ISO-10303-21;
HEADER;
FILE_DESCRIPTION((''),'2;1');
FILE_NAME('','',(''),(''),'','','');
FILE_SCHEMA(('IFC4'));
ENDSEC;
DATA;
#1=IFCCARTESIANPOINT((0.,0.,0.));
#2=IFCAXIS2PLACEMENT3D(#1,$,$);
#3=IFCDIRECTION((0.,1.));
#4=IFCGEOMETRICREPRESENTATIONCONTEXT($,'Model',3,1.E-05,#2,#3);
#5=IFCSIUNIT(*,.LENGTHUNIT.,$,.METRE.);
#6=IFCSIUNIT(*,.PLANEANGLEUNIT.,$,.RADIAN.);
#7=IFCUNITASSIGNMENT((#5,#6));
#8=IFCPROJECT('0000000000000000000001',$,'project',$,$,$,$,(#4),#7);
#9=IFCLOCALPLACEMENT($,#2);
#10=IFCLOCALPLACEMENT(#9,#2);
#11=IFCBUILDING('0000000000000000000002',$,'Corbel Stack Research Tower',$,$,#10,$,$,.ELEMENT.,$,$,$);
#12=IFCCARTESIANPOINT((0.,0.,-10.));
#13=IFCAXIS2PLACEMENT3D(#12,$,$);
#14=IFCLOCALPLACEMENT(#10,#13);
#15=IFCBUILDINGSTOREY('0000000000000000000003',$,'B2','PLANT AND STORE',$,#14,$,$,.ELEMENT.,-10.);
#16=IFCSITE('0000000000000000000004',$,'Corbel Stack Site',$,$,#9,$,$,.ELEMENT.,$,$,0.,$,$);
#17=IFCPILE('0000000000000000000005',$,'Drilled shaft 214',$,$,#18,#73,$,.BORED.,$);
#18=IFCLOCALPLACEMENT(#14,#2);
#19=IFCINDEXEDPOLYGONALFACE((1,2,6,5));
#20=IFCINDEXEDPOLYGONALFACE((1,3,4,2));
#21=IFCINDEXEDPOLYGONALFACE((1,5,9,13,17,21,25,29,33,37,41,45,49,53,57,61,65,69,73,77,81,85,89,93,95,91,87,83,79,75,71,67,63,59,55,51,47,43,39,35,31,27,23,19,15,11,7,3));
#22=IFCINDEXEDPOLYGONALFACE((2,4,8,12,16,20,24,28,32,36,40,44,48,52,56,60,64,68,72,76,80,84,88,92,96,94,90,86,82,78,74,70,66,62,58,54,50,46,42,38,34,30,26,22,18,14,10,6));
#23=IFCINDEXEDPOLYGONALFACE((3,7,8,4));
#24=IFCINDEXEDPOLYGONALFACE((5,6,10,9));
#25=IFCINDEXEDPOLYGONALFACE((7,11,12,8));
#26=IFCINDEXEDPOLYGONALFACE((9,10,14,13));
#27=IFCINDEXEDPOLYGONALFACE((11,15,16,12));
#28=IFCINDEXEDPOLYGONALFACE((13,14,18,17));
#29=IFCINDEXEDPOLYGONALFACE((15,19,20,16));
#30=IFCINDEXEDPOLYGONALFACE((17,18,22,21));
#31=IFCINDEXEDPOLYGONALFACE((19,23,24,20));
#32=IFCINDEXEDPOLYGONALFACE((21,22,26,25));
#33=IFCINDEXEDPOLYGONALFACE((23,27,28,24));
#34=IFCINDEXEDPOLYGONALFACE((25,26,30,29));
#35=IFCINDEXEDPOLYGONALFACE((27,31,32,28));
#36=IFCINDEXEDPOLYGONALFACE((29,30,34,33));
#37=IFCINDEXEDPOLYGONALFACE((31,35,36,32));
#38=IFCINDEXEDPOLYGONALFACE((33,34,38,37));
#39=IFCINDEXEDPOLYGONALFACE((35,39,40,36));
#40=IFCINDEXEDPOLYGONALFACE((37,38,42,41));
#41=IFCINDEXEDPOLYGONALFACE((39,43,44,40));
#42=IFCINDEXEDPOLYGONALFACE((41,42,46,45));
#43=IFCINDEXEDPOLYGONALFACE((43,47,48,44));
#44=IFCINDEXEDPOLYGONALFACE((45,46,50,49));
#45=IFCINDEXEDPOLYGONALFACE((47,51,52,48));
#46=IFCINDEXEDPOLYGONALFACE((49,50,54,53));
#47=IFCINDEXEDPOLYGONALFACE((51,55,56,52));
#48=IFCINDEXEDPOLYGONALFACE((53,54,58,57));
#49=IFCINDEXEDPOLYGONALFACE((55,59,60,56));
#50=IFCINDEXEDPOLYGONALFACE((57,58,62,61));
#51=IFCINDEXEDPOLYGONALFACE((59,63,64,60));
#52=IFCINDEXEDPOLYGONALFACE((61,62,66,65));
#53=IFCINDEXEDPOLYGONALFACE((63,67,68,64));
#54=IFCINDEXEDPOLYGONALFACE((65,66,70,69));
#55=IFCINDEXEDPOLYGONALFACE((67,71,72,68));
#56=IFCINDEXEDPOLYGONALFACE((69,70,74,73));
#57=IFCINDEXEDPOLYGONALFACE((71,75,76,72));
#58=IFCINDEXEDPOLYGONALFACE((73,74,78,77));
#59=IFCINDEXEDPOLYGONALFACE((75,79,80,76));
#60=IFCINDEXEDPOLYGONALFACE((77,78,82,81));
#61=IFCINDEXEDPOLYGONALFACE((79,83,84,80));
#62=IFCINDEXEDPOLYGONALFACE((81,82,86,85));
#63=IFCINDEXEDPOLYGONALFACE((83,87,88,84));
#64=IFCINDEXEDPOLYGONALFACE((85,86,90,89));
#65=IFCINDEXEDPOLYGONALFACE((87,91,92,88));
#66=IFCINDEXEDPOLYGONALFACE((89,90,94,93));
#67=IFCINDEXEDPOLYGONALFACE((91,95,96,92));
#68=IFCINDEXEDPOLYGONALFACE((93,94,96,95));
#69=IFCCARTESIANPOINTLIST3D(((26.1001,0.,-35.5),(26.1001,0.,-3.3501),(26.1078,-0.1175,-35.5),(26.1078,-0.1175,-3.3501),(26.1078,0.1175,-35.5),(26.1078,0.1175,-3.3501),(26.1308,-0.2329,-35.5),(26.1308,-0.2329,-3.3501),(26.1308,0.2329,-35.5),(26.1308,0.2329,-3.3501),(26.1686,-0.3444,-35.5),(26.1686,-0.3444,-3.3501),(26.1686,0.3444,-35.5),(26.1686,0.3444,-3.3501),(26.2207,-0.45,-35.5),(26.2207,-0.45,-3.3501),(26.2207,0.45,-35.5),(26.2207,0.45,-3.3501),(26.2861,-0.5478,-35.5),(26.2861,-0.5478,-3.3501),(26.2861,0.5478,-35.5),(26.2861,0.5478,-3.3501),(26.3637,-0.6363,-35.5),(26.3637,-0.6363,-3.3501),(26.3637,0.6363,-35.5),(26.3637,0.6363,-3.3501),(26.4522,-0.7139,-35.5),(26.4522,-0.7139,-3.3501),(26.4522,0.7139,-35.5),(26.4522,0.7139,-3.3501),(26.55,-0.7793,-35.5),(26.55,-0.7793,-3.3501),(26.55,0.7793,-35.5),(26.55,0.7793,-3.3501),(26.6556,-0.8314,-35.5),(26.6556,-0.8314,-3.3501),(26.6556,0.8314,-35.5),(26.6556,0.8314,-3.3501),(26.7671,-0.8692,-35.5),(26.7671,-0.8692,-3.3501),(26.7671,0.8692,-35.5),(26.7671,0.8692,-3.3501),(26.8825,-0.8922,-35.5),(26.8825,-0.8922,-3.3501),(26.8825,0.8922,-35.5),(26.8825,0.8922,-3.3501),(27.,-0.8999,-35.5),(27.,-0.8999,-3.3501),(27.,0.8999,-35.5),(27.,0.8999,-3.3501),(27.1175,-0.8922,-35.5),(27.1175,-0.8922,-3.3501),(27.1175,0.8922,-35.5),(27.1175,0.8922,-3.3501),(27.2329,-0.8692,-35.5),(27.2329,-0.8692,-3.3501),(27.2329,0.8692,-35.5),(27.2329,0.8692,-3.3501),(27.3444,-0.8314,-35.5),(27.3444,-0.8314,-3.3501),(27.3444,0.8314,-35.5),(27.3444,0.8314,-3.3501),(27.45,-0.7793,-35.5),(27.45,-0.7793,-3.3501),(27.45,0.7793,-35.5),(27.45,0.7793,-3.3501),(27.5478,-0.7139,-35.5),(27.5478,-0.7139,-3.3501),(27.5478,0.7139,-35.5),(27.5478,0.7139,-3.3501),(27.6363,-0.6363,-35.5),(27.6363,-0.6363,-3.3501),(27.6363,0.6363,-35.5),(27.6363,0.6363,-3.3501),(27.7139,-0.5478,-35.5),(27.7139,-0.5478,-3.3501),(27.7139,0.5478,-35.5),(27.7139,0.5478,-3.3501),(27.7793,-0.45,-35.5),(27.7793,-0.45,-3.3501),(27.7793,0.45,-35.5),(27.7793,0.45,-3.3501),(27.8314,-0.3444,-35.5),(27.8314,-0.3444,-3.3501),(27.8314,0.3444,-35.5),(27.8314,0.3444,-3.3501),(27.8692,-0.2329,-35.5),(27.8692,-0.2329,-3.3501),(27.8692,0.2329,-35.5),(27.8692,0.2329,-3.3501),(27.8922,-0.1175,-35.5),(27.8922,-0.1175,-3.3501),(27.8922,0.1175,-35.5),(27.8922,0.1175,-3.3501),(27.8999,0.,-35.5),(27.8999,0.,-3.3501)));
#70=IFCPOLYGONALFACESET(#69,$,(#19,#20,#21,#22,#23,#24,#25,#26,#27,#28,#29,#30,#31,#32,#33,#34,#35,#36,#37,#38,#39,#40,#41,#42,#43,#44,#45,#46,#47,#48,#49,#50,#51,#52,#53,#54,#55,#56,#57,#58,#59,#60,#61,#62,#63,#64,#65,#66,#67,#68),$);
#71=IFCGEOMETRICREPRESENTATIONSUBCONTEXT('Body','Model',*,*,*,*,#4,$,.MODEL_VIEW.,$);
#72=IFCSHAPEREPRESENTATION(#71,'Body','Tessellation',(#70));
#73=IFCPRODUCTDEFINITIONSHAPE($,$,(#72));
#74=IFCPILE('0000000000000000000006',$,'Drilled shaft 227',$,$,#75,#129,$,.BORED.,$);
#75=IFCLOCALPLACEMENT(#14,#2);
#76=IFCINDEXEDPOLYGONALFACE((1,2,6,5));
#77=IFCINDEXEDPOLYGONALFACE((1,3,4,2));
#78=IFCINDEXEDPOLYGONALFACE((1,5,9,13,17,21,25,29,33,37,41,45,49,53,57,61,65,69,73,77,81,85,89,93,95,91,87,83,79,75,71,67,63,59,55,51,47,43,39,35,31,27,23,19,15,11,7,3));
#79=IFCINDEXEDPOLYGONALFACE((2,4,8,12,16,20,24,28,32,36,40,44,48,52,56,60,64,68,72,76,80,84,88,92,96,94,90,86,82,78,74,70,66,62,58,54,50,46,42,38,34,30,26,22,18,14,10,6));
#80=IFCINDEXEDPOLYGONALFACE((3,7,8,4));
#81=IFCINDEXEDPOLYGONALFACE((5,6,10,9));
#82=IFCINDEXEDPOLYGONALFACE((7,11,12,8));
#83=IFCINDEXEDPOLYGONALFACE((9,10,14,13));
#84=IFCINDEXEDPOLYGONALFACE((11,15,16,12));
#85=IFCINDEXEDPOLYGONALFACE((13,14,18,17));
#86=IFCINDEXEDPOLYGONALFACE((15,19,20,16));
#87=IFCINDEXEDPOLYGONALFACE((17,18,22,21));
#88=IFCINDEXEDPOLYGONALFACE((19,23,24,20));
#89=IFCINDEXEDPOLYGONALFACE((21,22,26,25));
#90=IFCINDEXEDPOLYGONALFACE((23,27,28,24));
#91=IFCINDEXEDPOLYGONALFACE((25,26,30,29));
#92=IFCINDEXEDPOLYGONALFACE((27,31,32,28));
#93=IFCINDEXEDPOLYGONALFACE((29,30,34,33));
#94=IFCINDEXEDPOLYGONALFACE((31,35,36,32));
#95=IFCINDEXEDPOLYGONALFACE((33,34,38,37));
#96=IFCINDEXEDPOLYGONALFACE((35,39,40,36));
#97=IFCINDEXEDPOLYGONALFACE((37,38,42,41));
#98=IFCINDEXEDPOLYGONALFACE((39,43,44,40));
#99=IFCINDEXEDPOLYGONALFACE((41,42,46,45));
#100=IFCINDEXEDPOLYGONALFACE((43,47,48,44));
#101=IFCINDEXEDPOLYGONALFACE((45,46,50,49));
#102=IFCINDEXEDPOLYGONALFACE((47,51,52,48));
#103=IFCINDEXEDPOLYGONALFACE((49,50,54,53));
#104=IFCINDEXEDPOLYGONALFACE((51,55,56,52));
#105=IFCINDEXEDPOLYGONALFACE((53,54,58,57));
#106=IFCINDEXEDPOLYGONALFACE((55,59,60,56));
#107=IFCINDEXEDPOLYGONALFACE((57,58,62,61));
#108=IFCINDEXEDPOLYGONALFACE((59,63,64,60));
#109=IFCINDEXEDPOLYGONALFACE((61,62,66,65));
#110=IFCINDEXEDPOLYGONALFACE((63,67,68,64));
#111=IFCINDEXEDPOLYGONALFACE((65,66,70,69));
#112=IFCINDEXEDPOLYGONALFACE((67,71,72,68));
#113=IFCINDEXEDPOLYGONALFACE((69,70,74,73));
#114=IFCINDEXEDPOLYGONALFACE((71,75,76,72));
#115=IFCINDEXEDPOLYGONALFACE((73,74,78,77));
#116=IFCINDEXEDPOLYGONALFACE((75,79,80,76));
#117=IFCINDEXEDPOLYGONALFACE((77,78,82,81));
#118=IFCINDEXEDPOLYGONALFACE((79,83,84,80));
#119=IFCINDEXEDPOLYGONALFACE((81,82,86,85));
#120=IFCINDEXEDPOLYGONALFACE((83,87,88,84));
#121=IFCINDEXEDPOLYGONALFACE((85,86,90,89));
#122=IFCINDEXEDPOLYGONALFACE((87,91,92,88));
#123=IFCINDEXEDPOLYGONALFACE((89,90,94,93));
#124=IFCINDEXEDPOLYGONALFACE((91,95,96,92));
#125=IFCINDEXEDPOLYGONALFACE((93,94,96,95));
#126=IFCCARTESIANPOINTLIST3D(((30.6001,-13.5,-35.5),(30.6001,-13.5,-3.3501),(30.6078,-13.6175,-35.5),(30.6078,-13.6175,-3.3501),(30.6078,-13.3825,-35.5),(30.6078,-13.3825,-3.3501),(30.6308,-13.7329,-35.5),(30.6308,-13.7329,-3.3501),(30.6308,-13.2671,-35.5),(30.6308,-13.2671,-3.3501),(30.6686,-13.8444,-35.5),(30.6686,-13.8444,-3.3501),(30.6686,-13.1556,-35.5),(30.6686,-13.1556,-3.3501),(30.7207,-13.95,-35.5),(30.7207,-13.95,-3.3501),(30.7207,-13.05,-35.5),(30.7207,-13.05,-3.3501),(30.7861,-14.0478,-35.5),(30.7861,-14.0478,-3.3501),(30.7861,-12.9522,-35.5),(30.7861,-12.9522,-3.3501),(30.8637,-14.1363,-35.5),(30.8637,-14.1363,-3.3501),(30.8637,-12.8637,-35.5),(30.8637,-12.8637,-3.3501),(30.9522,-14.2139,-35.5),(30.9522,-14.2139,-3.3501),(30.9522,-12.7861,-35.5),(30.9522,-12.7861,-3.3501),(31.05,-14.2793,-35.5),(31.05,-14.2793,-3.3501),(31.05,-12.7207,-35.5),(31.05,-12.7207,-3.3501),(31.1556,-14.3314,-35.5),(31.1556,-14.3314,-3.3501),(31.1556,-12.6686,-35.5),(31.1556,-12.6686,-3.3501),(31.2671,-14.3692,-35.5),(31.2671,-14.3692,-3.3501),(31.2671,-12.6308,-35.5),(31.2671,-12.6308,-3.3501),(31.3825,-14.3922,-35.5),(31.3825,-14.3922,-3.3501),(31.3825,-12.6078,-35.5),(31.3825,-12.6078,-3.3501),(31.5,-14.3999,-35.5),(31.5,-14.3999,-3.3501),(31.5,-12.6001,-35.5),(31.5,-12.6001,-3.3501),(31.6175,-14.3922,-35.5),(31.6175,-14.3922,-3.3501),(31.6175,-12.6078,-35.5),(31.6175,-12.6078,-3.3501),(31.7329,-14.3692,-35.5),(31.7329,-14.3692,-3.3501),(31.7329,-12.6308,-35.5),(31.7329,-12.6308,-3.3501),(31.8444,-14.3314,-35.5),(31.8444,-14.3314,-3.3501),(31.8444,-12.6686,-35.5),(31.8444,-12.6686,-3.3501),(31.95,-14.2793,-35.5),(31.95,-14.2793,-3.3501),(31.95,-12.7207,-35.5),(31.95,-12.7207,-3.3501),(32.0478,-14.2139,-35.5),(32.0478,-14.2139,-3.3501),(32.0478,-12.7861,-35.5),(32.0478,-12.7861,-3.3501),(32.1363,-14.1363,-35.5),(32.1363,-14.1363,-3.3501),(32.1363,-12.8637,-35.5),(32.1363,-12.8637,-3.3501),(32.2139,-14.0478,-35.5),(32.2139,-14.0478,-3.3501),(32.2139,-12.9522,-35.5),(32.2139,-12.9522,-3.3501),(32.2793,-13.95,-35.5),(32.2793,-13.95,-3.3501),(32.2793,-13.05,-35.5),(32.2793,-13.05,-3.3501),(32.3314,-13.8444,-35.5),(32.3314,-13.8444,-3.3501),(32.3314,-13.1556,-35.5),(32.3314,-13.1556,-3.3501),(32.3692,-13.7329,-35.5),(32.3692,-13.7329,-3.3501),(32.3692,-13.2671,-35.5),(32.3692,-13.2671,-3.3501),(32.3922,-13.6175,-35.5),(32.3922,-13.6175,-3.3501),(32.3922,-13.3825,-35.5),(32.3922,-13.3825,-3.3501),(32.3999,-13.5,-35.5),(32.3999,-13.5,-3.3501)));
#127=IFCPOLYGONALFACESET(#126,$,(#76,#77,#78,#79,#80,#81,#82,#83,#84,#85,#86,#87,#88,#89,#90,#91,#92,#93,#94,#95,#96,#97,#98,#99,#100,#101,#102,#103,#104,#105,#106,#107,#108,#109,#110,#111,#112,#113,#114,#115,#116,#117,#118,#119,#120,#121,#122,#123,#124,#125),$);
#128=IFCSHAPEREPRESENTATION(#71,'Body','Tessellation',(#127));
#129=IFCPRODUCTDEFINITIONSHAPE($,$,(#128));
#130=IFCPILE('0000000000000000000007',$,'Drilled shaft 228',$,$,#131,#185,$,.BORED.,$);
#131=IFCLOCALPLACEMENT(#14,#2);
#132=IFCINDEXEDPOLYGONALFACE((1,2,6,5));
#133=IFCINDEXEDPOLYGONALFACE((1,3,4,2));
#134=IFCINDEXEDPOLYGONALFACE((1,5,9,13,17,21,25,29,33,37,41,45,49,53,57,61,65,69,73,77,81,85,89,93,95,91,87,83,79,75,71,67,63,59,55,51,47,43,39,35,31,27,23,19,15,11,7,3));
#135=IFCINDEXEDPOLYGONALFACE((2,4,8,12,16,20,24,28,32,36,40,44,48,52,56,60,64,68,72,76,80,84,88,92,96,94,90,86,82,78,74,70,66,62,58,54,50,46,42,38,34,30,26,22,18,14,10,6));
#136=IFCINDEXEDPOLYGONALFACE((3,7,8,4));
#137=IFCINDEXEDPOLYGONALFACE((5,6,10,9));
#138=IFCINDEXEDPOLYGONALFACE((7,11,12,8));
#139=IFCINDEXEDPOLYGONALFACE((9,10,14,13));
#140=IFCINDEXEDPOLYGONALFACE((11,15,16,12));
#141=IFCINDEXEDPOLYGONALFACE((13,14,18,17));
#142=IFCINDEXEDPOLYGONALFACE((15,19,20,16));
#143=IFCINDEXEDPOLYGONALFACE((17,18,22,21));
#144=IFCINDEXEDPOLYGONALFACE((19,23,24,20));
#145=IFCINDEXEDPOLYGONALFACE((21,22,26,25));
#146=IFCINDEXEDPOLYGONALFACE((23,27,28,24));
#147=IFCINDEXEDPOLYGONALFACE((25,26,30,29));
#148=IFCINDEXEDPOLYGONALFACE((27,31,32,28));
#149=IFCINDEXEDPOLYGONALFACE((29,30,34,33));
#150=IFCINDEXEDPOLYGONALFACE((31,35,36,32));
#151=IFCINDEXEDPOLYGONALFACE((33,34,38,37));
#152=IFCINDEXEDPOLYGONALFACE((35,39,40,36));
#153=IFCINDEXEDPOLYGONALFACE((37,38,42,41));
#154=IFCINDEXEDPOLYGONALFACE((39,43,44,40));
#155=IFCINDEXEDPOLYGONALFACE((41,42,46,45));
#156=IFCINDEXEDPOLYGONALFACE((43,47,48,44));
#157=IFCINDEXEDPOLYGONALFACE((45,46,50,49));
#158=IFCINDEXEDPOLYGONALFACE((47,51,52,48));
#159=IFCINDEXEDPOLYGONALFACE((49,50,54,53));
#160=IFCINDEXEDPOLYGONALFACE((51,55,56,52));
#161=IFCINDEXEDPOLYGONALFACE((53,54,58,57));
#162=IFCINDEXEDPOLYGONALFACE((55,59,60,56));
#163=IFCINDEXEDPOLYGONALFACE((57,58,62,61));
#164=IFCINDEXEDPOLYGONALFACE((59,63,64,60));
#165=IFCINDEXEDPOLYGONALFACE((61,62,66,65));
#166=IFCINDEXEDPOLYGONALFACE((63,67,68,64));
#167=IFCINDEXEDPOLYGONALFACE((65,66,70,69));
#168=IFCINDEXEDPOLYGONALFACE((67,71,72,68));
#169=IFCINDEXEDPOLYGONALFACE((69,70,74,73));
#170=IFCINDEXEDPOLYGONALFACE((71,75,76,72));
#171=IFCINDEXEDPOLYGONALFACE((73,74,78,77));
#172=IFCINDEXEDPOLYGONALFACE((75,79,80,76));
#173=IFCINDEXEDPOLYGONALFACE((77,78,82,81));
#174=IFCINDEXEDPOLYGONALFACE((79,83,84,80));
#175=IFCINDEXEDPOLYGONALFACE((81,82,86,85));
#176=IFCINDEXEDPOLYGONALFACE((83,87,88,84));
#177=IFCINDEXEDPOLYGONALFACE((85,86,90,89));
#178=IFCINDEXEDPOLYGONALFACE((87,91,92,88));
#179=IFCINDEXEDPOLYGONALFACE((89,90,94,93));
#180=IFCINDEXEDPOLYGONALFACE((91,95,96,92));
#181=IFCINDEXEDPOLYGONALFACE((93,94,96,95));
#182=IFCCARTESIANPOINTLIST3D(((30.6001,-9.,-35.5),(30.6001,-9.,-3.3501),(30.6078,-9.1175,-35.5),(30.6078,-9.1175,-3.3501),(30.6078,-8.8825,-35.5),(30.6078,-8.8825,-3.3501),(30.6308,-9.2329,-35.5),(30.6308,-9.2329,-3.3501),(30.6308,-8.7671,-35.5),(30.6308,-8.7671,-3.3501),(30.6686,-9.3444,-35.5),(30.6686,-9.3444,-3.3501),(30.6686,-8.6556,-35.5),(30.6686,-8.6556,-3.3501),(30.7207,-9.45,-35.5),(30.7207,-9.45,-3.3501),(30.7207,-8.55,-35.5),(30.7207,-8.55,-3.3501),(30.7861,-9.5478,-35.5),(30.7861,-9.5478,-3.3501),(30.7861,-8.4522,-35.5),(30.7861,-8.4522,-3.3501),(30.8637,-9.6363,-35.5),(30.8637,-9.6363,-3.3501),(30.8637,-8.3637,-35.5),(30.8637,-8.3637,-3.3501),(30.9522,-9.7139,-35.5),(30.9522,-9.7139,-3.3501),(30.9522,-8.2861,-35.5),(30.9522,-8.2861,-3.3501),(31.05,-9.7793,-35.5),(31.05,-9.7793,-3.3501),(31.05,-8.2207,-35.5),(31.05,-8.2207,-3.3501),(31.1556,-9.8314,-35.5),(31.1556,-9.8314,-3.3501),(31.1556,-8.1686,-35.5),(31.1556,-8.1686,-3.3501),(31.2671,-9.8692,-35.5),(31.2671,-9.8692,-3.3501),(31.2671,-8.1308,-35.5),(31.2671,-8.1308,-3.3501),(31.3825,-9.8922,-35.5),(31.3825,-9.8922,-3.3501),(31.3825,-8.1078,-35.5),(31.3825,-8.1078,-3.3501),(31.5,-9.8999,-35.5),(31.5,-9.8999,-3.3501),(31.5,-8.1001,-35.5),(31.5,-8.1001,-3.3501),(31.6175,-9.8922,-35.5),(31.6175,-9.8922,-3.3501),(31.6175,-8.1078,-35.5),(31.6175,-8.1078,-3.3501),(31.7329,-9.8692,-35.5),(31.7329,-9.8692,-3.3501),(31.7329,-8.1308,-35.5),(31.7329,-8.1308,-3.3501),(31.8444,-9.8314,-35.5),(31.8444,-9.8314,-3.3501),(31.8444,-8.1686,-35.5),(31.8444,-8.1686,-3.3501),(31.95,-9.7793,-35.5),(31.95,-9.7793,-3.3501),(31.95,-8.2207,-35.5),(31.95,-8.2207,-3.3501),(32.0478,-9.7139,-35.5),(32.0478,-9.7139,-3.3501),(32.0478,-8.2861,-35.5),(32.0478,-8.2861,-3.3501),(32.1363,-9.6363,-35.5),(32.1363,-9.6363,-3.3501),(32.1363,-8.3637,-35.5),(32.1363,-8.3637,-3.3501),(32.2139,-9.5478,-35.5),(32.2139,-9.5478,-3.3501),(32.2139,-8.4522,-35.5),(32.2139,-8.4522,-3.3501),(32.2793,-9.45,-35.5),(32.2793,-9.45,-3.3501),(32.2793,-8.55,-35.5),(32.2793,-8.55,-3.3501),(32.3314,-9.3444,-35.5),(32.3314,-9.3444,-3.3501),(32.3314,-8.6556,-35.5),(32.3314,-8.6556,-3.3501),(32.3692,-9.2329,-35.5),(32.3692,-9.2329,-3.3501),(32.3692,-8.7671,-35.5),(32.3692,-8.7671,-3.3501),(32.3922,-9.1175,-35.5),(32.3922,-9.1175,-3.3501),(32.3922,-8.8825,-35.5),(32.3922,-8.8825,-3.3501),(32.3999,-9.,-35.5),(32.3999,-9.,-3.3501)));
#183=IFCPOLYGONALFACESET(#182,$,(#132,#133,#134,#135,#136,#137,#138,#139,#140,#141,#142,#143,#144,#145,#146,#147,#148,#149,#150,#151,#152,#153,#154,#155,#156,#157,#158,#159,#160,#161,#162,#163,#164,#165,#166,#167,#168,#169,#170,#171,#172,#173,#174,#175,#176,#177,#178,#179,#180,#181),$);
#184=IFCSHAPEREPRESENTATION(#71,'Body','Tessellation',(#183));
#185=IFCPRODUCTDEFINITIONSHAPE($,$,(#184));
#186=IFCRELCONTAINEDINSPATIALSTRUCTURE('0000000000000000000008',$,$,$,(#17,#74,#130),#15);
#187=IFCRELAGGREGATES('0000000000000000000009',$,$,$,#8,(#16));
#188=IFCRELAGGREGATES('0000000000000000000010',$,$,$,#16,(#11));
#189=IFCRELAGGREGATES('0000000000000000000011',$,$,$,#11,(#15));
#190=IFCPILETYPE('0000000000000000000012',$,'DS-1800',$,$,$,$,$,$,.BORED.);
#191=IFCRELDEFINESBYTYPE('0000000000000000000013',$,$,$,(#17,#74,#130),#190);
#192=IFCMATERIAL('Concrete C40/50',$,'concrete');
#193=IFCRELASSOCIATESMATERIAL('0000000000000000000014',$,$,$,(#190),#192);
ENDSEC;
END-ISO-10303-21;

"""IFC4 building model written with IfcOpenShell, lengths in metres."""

from ifc_helpers import new_model, si_unit, direction, frame, origin, origin_2d, place, context, subcontext, project, spatial, circle, extrude, material, material_profile, profile_set, type_object, element, save


model = new_model("IFC4")

# Units and contexts
model_context = context("Model", 3, precision=1e-05, world=origin(), true_north=direction((0.0, 1.0)))
body_context = subcontext(model_context, "Body", "Model", "MODEL_VIEW")
ifc_project = project(units=[si_unit("LENGTHUNIT", "METRE"), si_unit("PLANEANGLEUNIT", "RADIAN")], contexts=[model_context])

# Site, building, storey
site_placement = place(None, origin())
site = spatial("IfcSite", under=ifc_project, at=site_placement, Name="Corbel Stack Site", CompositionType="ELEMENT", RefElevation=0.0)
building_placement = place(site_placement, origin())
building = spatial("IfcBuilding", under=site, at=building_placement, Name="Corbel Stack Research Tower", CompositionType="ELEMENT")
storey_placement = place(building_placement, frame((0.0, 0.0, -10.0)))
storey = spatial("IfcBuildingStorey", under=building, at=storey_placement, Name="B2", Description="PLANT AND STORE", CompositionType="ELEMENT", Elevation=-10.0)

# Piles
ifc_material_1 = material(Name="Concrete C40/50", Category="concrete")
ifc_material_profile_1 = material_profile(ifc_material_1, circle(Radius=0.8999, at=origin_2d()), Name="Shaft 1800")
ifc_profile_set_1 = profile_set([ifc_material_profile_1], Name="Concrete C40/50")
pile_type = type_object("IfcPileType", Name="DS-1800", PredefinedType="BORED", material=ifc_profile_set_1)
for number, where, z_axis, x_axis, name in (
    (1, (27.0, 0.0, -3.3501), (0.0, 0.0, -1.0), (1.0, 0.0, 0.0), "Drilled shaft 214"),
    (2, (31.5, -13.5, -3.3501), (0.0, 0.0, -1.0), (1.0, 0.0, 0.0), "Drilled shaft 227"),
    (3, (31.5, -9.0, -3.3501), (0.0, 0.0, -1.0), (1.0, 0.0, 0.0), "Drilled shaft 228"),
):
    element("IfcPile", number, at=place(storey_placement, frame(where, z_axis=z_axis, x_axis=x_axis)), inside=storey, type_object=pile_type, Name=name, PredefinedType="BORED", context=body_context, shape_type="SweptSolid", body=[
        extrude(circle(Radius=0.8999, at=origin_2d()), origin(), (0.0, 0.0, 1.0), 32.1499),
    ])

save(model, "model.ifc")
